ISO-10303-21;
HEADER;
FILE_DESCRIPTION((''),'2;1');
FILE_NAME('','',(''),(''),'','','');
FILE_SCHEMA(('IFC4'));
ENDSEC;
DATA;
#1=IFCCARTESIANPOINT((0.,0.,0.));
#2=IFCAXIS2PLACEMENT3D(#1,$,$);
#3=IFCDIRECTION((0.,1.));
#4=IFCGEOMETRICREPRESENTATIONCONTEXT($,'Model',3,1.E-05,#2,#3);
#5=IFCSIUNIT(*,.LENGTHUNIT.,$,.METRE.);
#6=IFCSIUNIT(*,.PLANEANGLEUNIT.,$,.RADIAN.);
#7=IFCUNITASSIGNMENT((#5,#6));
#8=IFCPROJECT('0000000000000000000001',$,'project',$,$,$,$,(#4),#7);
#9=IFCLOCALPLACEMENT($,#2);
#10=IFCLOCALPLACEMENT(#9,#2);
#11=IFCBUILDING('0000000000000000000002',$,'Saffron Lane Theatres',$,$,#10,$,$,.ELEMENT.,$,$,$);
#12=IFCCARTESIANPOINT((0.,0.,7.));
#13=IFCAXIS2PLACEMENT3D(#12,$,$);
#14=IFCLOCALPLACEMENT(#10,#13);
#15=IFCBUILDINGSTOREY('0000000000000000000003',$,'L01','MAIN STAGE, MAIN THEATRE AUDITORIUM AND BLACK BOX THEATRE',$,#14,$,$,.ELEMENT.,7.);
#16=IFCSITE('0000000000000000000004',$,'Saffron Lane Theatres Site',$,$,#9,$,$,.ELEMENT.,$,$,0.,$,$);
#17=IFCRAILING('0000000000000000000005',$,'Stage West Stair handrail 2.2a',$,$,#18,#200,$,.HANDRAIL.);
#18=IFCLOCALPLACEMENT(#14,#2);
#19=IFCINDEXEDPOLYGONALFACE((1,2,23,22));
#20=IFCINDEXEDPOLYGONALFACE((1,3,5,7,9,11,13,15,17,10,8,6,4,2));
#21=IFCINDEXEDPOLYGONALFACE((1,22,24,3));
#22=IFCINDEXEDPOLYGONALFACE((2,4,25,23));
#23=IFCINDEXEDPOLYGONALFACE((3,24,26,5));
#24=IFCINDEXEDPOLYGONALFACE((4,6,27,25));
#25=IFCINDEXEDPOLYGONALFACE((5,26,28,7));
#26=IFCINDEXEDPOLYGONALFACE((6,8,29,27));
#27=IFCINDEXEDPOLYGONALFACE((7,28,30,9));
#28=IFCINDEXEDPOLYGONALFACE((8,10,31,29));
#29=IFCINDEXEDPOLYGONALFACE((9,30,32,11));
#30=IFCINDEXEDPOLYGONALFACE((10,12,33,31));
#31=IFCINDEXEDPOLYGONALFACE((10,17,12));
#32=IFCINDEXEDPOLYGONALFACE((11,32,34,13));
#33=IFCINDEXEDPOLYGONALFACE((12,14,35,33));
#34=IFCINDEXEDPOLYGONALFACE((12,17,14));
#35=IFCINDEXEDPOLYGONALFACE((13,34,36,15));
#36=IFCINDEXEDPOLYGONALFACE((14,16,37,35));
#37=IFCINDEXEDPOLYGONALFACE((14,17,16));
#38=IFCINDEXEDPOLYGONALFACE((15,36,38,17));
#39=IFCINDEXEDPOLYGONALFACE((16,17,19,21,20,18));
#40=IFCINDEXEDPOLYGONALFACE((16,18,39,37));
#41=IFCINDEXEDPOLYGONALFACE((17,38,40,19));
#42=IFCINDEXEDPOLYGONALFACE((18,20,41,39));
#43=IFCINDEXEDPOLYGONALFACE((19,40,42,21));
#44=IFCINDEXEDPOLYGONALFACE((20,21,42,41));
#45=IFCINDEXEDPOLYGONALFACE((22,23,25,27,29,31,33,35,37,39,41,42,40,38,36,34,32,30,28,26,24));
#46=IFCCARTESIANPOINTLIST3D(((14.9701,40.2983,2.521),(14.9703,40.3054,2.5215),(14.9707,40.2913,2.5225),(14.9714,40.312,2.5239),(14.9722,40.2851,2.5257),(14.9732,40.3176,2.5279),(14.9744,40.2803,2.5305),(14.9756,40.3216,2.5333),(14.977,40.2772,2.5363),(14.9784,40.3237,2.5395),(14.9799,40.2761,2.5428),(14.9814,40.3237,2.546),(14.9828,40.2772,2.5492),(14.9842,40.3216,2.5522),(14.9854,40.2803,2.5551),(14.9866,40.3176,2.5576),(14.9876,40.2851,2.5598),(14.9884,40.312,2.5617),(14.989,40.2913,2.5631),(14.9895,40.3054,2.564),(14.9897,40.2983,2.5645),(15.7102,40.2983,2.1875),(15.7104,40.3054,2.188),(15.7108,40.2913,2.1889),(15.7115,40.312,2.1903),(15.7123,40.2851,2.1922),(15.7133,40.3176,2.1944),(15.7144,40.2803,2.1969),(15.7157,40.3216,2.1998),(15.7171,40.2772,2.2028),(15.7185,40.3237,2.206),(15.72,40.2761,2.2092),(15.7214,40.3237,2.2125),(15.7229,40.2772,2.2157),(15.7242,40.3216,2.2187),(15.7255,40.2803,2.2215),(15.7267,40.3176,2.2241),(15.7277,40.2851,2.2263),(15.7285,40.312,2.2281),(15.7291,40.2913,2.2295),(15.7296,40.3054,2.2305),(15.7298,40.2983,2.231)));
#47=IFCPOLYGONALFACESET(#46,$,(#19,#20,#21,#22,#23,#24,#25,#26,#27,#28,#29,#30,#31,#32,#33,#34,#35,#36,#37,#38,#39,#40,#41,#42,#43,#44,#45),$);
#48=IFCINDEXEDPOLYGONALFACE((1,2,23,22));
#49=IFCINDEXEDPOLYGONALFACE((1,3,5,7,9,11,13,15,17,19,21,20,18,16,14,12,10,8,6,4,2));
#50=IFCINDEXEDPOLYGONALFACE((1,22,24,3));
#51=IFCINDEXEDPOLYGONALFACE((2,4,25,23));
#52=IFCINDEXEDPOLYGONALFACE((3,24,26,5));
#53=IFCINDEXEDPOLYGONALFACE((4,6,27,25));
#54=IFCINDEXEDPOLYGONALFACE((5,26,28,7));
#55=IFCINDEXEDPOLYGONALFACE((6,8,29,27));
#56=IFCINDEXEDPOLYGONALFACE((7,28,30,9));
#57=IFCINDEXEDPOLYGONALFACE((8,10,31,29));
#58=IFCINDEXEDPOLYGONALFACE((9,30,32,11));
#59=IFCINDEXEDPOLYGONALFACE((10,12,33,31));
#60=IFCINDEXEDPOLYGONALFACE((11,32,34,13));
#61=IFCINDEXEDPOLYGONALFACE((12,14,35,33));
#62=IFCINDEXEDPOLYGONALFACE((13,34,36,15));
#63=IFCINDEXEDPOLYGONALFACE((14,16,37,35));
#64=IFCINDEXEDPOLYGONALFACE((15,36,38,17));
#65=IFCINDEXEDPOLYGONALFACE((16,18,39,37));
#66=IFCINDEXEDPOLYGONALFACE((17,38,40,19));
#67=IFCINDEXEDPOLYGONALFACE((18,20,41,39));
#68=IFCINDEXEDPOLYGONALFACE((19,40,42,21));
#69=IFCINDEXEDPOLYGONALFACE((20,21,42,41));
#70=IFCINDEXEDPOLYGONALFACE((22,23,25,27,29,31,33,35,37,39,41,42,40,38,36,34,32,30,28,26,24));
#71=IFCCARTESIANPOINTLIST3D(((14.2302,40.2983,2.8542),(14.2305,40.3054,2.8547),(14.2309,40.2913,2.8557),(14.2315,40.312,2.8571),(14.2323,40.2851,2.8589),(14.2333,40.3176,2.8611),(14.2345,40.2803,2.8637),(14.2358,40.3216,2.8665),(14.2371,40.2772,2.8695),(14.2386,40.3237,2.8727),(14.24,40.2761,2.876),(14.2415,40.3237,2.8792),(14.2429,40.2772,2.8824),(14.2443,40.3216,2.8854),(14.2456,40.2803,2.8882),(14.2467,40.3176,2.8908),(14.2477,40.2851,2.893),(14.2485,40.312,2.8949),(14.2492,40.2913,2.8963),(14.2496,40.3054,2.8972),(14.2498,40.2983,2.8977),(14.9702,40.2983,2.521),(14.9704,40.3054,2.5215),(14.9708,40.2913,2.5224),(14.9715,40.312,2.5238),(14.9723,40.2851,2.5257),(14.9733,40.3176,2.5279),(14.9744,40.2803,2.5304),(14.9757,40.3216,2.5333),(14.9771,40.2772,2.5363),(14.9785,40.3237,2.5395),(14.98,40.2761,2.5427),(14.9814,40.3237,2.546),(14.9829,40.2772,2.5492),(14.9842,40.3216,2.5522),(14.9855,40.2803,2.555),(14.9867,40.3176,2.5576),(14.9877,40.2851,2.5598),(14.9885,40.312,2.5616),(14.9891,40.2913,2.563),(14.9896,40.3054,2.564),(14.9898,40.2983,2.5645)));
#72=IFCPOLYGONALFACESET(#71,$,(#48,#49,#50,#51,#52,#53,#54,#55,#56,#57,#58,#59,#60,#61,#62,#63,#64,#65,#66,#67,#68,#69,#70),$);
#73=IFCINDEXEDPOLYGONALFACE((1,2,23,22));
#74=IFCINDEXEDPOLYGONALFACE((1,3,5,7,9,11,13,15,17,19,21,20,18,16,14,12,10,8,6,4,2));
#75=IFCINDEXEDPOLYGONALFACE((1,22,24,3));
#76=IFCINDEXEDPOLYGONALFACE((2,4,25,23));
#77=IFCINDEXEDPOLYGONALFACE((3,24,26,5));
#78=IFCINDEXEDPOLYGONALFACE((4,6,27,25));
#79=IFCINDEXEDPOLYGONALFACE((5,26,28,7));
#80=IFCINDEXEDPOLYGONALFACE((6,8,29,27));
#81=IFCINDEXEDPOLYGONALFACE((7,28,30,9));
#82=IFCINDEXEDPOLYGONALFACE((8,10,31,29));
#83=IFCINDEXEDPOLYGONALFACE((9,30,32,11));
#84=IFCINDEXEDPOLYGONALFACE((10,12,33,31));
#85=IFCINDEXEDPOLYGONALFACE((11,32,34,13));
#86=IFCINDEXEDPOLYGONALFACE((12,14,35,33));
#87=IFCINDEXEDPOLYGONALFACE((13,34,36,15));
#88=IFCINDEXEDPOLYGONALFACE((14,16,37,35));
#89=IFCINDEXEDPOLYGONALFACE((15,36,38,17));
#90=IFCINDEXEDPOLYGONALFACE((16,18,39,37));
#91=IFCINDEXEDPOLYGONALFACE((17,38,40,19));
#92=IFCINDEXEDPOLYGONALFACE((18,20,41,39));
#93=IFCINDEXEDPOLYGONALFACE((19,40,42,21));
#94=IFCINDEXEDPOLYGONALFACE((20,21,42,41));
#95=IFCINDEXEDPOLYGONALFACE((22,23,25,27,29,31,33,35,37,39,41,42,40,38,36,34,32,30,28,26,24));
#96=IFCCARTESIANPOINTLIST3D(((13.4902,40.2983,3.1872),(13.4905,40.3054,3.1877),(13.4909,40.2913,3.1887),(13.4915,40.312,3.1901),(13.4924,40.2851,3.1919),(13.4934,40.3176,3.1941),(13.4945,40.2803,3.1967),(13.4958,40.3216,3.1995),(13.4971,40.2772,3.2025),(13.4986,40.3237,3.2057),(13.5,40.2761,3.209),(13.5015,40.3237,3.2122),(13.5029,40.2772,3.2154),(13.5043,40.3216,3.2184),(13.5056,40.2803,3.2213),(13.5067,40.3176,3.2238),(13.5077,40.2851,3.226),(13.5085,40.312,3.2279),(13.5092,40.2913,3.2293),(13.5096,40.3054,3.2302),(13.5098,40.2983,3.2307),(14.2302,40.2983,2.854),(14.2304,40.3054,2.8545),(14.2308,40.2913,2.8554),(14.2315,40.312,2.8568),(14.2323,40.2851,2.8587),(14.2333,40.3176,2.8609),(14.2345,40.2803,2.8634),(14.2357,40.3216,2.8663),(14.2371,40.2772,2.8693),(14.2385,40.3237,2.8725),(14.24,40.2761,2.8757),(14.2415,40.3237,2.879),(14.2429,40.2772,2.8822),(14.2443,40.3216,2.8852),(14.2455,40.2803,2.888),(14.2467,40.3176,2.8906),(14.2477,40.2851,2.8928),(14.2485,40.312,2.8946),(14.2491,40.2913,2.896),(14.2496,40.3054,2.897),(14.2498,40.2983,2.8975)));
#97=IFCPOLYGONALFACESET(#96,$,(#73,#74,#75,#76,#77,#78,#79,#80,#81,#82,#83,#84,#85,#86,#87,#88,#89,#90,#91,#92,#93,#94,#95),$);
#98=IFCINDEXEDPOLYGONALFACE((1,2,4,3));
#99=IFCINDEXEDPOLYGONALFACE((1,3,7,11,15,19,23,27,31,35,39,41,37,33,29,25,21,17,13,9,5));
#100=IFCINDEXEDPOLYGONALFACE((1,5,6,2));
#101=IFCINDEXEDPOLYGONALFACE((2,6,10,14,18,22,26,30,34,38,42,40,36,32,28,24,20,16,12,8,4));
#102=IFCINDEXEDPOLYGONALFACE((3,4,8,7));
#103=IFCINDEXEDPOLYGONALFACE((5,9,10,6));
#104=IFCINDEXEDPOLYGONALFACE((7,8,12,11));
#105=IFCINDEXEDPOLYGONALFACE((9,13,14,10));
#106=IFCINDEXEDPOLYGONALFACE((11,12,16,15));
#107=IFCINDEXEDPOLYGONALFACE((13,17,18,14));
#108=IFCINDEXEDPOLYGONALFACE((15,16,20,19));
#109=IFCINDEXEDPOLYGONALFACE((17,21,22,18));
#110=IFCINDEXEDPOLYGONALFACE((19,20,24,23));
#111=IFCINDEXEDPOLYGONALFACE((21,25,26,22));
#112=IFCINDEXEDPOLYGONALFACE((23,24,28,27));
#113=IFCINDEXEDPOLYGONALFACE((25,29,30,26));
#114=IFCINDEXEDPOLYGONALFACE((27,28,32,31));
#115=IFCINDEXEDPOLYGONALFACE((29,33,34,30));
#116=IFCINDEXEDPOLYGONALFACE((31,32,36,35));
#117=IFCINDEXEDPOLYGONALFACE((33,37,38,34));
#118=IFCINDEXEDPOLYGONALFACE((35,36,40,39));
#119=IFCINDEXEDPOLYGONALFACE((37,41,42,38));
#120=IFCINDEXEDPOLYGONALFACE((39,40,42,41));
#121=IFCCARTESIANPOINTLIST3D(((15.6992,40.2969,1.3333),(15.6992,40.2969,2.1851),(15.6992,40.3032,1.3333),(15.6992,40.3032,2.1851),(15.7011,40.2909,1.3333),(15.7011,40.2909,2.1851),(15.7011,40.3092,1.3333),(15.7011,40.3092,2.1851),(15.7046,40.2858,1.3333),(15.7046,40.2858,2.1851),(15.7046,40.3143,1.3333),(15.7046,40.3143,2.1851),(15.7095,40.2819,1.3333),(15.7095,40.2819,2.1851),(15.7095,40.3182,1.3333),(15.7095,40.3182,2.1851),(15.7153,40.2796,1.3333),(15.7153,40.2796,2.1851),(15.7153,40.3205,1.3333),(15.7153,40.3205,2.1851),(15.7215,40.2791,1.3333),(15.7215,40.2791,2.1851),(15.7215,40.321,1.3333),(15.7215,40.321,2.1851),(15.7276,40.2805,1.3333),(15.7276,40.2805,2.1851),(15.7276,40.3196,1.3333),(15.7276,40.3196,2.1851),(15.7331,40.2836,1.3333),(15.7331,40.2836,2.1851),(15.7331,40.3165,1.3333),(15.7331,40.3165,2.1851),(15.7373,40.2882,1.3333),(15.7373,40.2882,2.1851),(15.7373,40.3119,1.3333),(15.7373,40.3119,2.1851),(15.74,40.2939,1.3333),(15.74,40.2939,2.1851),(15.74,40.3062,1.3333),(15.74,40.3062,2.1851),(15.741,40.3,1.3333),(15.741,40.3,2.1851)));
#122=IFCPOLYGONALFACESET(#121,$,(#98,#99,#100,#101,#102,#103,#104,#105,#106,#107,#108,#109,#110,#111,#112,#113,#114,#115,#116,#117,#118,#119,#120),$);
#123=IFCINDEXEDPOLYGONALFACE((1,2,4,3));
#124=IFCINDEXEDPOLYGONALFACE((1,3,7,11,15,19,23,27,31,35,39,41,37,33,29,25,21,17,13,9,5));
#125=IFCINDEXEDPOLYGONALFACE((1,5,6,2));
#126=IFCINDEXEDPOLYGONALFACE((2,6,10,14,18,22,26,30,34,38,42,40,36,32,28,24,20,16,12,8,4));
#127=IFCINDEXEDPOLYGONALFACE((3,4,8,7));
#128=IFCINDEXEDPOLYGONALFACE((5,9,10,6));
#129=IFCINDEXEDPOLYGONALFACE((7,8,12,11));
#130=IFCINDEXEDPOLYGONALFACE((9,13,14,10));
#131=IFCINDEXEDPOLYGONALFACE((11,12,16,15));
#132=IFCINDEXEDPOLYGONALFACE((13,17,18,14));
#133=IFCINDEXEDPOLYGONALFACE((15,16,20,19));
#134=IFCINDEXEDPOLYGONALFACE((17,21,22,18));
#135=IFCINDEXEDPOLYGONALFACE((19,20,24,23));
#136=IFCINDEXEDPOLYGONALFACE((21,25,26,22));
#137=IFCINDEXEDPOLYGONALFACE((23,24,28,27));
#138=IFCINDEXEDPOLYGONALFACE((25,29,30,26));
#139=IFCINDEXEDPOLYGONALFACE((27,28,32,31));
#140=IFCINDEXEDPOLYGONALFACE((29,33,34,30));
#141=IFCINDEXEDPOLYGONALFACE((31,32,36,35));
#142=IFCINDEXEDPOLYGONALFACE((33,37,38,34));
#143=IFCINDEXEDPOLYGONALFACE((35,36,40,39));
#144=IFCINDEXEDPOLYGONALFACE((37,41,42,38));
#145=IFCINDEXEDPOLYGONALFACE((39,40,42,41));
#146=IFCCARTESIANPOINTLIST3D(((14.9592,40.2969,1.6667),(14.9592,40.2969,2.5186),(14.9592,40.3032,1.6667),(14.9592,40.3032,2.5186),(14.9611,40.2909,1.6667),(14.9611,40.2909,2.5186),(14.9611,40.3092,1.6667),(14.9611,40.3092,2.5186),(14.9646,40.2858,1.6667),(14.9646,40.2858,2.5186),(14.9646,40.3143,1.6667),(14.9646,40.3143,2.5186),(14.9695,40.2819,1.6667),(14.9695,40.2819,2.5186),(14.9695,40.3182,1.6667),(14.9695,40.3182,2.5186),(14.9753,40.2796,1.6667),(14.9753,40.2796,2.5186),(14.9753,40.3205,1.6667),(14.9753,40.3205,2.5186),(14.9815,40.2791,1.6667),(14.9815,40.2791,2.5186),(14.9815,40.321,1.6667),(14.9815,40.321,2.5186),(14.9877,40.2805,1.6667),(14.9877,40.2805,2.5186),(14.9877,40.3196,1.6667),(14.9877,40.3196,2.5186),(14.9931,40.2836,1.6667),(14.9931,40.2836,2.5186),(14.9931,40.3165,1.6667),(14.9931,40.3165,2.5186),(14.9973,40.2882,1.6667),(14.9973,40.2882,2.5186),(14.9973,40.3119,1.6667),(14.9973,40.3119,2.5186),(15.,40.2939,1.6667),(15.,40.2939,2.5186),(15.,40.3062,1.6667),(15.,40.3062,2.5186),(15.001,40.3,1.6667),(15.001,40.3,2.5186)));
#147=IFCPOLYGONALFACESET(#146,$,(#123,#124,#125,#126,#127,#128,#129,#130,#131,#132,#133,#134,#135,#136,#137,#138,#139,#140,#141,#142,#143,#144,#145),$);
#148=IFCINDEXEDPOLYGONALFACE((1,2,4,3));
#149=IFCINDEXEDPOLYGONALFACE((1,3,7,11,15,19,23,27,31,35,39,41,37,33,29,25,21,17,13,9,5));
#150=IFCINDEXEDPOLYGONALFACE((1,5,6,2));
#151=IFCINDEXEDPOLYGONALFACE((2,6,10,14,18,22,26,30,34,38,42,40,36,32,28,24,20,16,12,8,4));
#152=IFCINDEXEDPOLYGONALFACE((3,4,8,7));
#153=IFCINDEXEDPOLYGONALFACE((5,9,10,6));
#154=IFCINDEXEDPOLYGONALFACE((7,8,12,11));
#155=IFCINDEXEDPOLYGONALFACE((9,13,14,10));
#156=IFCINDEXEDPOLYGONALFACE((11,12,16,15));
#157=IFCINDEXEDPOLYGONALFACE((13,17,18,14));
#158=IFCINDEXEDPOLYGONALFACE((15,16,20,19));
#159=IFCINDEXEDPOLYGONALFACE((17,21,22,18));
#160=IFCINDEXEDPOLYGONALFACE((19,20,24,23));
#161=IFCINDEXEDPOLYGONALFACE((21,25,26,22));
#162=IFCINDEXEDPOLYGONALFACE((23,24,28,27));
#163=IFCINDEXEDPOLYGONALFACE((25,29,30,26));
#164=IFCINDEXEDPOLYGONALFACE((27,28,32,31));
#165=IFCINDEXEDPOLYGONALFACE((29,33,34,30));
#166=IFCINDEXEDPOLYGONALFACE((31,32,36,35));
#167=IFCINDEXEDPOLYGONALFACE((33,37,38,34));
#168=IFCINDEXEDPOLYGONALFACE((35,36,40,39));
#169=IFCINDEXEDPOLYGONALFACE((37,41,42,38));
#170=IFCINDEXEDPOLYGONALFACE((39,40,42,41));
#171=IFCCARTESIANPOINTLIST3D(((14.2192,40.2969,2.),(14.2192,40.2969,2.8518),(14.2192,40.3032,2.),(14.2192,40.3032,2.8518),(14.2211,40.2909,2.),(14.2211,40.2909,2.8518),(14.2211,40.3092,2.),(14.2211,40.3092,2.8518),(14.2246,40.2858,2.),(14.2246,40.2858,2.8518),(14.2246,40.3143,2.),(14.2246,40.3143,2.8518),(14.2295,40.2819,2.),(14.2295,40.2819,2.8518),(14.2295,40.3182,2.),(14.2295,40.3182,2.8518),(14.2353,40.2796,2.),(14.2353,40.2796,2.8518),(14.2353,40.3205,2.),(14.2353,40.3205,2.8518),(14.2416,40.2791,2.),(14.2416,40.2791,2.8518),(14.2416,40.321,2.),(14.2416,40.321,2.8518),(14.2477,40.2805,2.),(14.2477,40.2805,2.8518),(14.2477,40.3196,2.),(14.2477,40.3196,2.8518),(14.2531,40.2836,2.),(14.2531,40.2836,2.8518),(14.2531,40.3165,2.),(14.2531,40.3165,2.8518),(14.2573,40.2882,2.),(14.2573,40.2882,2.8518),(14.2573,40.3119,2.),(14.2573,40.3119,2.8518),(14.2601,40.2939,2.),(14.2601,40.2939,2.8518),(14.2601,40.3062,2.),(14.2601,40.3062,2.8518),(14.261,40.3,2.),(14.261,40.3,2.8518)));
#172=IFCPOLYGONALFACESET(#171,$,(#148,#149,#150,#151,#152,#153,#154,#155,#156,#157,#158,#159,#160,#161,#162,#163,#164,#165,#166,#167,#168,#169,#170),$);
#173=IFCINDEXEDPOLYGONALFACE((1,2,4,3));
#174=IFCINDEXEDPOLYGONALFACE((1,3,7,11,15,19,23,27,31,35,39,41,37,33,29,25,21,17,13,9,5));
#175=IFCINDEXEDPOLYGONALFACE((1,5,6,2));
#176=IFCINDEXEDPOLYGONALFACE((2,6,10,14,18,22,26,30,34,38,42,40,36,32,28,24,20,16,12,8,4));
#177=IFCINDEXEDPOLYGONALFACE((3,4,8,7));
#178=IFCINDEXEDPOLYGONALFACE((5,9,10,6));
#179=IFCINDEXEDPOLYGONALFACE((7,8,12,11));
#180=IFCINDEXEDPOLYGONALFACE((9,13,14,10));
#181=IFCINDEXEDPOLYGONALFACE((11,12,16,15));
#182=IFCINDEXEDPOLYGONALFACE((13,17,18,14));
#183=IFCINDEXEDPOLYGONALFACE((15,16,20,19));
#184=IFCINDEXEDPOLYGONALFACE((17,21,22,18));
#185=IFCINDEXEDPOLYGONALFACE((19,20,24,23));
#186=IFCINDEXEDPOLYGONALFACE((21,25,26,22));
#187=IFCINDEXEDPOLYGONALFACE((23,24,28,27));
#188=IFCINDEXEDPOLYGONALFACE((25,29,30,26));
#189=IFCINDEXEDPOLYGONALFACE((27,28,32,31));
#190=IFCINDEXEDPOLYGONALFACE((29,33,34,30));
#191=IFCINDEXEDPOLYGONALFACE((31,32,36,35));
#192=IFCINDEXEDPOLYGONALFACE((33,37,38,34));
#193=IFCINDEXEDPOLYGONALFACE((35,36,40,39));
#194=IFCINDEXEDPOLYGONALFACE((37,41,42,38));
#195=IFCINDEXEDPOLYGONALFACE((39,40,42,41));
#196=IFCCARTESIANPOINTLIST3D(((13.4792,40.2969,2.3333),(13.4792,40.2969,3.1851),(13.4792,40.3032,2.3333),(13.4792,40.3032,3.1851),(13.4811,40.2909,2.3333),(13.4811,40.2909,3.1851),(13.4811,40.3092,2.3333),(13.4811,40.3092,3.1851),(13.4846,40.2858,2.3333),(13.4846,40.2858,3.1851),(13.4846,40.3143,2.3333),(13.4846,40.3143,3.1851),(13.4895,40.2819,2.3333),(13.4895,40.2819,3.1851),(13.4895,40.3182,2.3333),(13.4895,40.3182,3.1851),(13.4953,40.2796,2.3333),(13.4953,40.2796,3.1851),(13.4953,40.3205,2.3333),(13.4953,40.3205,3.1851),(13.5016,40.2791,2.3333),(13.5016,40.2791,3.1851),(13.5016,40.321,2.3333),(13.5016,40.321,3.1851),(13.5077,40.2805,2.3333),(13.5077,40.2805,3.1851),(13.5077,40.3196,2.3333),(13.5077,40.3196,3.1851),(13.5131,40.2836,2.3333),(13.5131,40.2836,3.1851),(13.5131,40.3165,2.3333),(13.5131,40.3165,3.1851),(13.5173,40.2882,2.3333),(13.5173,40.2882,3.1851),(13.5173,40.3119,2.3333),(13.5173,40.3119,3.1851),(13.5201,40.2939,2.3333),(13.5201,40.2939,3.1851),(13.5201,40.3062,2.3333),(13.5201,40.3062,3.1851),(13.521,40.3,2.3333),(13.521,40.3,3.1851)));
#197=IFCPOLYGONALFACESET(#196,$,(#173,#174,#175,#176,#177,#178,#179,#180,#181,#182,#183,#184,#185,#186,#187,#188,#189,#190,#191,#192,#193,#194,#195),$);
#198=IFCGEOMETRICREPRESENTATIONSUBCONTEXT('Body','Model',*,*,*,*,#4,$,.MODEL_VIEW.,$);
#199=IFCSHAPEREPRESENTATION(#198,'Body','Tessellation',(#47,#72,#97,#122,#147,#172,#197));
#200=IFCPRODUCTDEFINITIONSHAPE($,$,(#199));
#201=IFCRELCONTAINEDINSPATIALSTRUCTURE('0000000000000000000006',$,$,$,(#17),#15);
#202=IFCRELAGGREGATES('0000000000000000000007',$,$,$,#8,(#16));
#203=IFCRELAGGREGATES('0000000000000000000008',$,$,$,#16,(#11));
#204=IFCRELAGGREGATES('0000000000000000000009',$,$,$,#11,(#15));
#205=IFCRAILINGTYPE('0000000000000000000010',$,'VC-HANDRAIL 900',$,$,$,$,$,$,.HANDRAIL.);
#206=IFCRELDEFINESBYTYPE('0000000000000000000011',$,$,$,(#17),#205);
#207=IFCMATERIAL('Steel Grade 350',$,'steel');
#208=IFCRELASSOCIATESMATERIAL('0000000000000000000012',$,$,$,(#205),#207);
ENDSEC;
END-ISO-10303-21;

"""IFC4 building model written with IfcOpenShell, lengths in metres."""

from ifc_helpers import new_model, si_unit, direction, frame, origin, origin_2d, place, context, subcontext, project, spatial, circle, extrude, material, type_object, element, save


model = new_model("IFC4")

# Units and contexts
model_context = context("Model", 3, precision=1e-05, world=origin(), true_north=direction((0.0, 1.0)))
body_context = subcontext(model_context, "Body", "Model", "MODEL_VIEW")
ifc_project = project(units=[si_unit("LENGTHUNIT", "METRE"), si_unit("PLANEANGLEUNIT", "RADIAN")], contexts=[model_context])

# Site, building, storey
site_placement = place(None, origin())
site = spatial("IfcSite", under=ifc_project, at=site_placement, Name="Saffron Lane Theatres Site", CompositionType="ELEMENT", RefElevation=0.0)
building_placement = place(site_placement, origin())
building = spatial("IfcBuilding", under=site, at=building_placement, Name="Saffron Lane Theatres", CompositionType="ELEMENT")
storey_placement = place(building_placement, frame((0.0, 0.0, 7.0)))
storey = spatial("IfcBuildingStorey", under=building, at=storey_placement, Name="L01", Description="MAIN STAGE, MAIN THEATRE AUDITORIUM AND BLACK BOX THEATRE", CompositionType="ELEMENT", Elevation=7.0)

# Railing
ifc_material_1 = material(Name="Steel Grade 350", Category="steel")
railing_type_1 = type_object("IfcRailingType", Name="VC-HANDRAIL 900", PredefinedType="HANDRAIL", material=ifc_material_1)
for number, where, name in (
    (1, (15.72, 40.3, 1.3333), "Stage West Stair handrail 2.2a"),
):
    element("IfcRailing", number, at=place(storey_placement, frame(where)), inside=storey, type_object=railing_type_1, Name=name, PredefinedType="HANDRAIL", context=body_context, shape_type="SweptSolid", body=[
        extrude(circle(Radius=0.0239, at=origin_2d()), frame((0.0, 0.0, 0.876), z_axis=(-0.911691, 0.0, 0.410877), x_axis=(0.0, -1.0, 0.0)), (0.0, 0.0, 1.0), 0.8118),
        extrude(circle(Radius=0.0239, at=origin_2d()), frame((-0.74, 0.0, 1.2095), z_axis=(-0.911803, 0.0, 0.410627), x_axis=(0.0, -1.0, 0.0)), (0.0, 0.0, 1.0), 0.8115),
        extrude(circle(Radius=0.0239, at=origin_2d()), frame((-1.48, 0.0, 1.5425), z_axis=(-0.911803, 0.0, 0.410627), x_axis=(0.0, -1.0, 0.0)), (0.0, 0.0, 1.0), 0.8115),
        extrude(circle(Radius=0.021, at=origin_2d()), origin(), (0.0, 0.0, 1.0), 0.8518),
        extrude(circle(Radius=0.021, at=origin_2d()), frame((-0.74, 0.0, 0.3335)), (0.0, 0.0, 1.0), 0.8518),
        extrude(circle(Radius=0.021, at=origin_2d()), frame((-1.48, 0.0, 0.6667)), (0.0, 0.0, 1.0), 0.8518),
        extrude(circle(Radius=0.021, at=origin_2d()), frame((-2.22, 0.0, 1.0)), (0.0, 0.0, 1.0), 0.8518),
    ])

save(model, "model.ifc")
